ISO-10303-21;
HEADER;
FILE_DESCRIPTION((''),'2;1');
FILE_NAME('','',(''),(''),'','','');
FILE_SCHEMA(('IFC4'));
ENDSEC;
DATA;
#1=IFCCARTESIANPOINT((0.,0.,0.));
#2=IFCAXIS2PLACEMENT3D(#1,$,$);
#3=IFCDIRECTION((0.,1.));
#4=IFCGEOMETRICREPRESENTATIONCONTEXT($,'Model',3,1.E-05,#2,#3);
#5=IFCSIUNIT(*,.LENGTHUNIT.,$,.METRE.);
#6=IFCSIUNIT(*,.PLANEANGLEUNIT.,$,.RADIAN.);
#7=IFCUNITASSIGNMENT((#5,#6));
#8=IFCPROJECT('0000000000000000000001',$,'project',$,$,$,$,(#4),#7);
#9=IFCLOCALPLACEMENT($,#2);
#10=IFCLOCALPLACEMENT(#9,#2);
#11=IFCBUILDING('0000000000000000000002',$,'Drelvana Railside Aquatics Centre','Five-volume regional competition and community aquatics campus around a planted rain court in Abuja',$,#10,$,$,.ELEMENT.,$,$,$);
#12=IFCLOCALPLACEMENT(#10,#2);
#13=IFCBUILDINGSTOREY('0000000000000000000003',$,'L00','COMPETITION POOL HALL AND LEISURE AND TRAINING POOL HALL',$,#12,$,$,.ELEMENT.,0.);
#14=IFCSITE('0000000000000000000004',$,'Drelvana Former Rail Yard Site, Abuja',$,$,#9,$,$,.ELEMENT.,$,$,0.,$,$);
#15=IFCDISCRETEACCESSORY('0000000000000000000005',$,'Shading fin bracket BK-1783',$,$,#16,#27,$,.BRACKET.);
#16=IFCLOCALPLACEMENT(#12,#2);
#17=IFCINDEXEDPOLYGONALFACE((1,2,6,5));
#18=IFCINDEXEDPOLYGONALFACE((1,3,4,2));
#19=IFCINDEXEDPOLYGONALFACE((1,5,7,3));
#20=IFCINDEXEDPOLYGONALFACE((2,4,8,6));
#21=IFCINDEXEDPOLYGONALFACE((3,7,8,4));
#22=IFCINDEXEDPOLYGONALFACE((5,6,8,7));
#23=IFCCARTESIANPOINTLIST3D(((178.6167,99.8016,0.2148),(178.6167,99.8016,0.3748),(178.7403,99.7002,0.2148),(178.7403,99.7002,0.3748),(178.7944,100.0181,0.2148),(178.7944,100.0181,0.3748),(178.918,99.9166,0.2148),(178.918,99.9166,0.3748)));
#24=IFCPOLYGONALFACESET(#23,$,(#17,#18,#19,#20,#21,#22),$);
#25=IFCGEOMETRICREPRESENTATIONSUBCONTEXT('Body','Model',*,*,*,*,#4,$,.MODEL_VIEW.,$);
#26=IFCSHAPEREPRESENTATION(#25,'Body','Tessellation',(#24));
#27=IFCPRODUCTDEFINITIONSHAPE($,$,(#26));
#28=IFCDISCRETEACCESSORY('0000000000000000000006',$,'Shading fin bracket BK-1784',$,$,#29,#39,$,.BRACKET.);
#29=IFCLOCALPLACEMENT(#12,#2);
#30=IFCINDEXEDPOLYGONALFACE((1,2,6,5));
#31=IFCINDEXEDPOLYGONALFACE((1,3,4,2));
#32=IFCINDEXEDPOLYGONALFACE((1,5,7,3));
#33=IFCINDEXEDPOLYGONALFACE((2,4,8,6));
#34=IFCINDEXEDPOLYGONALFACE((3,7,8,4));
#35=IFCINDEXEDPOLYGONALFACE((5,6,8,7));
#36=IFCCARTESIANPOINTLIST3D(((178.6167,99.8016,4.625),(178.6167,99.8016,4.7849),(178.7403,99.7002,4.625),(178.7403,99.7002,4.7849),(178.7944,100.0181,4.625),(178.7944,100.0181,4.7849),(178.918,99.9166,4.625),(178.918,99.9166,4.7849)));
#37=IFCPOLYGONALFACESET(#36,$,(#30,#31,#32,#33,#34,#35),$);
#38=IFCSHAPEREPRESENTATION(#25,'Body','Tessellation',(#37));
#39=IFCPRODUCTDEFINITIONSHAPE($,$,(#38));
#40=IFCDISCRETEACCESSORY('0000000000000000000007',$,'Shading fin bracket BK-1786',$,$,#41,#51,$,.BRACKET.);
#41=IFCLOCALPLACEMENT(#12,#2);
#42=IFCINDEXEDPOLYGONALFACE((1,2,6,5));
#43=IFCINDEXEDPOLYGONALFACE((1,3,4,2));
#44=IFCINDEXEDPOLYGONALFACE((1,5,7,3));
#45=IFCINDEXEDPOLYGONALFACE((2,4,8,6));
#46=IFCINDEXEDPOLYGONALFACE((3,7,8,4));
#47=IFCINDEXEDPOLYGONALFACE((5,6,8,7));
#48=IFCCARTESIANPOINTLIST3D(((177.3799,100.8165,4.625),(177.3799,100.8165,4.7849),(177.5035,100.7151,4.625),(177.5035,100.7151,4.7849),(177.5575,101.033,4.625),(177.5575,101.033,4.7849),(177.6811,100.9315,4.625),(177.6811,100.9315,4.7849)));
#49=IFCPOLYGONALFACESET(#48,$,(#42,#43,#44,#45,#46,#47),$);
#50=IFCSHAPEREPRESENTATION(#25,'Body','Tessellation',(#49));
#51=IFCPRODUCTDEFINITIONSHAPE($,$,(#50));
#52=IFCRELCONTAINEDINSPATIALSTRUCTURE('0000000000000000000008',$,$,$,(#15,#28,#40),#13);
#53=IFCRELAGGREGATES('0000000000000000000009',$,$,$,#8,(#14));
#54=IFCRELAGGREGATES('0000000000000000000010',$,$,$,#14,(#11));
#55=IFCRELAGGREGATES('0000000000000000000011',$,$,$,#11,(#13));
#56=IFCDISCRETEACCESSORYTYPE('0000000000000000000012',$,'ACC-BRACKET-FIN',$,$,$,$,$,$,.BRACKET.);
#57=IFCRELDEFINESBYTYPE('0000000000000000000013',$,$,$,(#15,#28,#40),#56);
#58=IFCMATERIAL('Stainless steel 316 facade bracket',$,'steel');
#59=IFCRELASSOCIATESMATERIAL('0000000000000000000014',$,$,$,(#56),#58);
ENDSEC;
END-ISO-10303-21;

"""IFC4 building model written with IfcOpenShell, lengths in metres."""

from ifc_helpers import new_model, si_unit, direction, frame, origin, origin_2d, place, context, subcontext, project, spatial, rectangle, extrude, material, type_object, element, save


model = new_model("IFC4")

# Units and contexts
model_context = context("Model", 3, precision=1e-05, world=origin(), true_north=direction((0.0, 1.0)))
body_context = subcontext(model_context, "Body", "Model", "MODEL_VIEW")
ifc_project = project(units=[si_unit("LENGTHUNIT", "METRE"), si_unit("PLANEANGLEUNIT", "RADIAN")], contexts=[model_context])

# Site, building, storey
site_placement = place(None, origin())
site = spatial("IfcSite", under=ifc_project, at=site_placement, Name="Drelvana Former Rail Yard Site, Abuja", CompositionType="ELEMENT", RefElevation=0.0)
building_placement = place(site_placement, origin())
building = spatial("IfcBuilding", under=site, at=building_placement, Name="Drelvana Railside Aquatics Centre", Description="Five-volume regional competition and community aquatics campus around a planted rain court in Abuja", CompositionType="ELEMENT")
storey_placement = place(building_placement, origin())
storey = spatial("IfcBuildingStorey", under=building, at=storey_placement, Name="L00", Description="COMPETITION POOL HALL AND LEISURE AND TRAINING POOL HALL", CompositionType="ELEMENT", Elevation=0.0)

# Discrete accessories
ifc_material_1 = material(Name="Stainless steel 316 facade bracket", Category="steel")
discrete_accessory_type = type_object("IfcDiscreteAccessoryType", Name="ACC-BRACKET-FIN", PredefinedType="BRACKET", material=ifc_material_1)
for number, where, z_axis, x_axis, name in (
    (1, (178.7673, 99.8591, 0.2148), (0.0, 0.0, 1.0), (0.634393, 0.77301, 0.0), "Shading fin bracket BK-1783"),
    (2, (178.7673, 99.8591, 4.625), (0.0, 0.0, 1.0), (0.634393, 0.77301, 0.0), "Shading fin bracket BK-1784"),
    (3, (177.5305, 100.874, 4.625), (0.0, 0.0, 1.0), (0.634393, 0.77301, 0.0), "Shading fin bracket BK-1786"),
):
    element("IfcDiscreteAccessory", number, at=place(storey_placement, frame(where, z_axis=z_axis, x_axis=x_axis)), inside=storey, type_object=discrete_accessory_type, Name=name, PredefinedType="BRACKET", context=body_context, shape_type="SweptSolid", body=[
        extrude(rectangle(XDim=0.28, YDim=0.1599, at=origin_2d()), origin(), (0.0, 0.0, 1.0), 0.1599),
    ])

save(model, "model.ifc")
